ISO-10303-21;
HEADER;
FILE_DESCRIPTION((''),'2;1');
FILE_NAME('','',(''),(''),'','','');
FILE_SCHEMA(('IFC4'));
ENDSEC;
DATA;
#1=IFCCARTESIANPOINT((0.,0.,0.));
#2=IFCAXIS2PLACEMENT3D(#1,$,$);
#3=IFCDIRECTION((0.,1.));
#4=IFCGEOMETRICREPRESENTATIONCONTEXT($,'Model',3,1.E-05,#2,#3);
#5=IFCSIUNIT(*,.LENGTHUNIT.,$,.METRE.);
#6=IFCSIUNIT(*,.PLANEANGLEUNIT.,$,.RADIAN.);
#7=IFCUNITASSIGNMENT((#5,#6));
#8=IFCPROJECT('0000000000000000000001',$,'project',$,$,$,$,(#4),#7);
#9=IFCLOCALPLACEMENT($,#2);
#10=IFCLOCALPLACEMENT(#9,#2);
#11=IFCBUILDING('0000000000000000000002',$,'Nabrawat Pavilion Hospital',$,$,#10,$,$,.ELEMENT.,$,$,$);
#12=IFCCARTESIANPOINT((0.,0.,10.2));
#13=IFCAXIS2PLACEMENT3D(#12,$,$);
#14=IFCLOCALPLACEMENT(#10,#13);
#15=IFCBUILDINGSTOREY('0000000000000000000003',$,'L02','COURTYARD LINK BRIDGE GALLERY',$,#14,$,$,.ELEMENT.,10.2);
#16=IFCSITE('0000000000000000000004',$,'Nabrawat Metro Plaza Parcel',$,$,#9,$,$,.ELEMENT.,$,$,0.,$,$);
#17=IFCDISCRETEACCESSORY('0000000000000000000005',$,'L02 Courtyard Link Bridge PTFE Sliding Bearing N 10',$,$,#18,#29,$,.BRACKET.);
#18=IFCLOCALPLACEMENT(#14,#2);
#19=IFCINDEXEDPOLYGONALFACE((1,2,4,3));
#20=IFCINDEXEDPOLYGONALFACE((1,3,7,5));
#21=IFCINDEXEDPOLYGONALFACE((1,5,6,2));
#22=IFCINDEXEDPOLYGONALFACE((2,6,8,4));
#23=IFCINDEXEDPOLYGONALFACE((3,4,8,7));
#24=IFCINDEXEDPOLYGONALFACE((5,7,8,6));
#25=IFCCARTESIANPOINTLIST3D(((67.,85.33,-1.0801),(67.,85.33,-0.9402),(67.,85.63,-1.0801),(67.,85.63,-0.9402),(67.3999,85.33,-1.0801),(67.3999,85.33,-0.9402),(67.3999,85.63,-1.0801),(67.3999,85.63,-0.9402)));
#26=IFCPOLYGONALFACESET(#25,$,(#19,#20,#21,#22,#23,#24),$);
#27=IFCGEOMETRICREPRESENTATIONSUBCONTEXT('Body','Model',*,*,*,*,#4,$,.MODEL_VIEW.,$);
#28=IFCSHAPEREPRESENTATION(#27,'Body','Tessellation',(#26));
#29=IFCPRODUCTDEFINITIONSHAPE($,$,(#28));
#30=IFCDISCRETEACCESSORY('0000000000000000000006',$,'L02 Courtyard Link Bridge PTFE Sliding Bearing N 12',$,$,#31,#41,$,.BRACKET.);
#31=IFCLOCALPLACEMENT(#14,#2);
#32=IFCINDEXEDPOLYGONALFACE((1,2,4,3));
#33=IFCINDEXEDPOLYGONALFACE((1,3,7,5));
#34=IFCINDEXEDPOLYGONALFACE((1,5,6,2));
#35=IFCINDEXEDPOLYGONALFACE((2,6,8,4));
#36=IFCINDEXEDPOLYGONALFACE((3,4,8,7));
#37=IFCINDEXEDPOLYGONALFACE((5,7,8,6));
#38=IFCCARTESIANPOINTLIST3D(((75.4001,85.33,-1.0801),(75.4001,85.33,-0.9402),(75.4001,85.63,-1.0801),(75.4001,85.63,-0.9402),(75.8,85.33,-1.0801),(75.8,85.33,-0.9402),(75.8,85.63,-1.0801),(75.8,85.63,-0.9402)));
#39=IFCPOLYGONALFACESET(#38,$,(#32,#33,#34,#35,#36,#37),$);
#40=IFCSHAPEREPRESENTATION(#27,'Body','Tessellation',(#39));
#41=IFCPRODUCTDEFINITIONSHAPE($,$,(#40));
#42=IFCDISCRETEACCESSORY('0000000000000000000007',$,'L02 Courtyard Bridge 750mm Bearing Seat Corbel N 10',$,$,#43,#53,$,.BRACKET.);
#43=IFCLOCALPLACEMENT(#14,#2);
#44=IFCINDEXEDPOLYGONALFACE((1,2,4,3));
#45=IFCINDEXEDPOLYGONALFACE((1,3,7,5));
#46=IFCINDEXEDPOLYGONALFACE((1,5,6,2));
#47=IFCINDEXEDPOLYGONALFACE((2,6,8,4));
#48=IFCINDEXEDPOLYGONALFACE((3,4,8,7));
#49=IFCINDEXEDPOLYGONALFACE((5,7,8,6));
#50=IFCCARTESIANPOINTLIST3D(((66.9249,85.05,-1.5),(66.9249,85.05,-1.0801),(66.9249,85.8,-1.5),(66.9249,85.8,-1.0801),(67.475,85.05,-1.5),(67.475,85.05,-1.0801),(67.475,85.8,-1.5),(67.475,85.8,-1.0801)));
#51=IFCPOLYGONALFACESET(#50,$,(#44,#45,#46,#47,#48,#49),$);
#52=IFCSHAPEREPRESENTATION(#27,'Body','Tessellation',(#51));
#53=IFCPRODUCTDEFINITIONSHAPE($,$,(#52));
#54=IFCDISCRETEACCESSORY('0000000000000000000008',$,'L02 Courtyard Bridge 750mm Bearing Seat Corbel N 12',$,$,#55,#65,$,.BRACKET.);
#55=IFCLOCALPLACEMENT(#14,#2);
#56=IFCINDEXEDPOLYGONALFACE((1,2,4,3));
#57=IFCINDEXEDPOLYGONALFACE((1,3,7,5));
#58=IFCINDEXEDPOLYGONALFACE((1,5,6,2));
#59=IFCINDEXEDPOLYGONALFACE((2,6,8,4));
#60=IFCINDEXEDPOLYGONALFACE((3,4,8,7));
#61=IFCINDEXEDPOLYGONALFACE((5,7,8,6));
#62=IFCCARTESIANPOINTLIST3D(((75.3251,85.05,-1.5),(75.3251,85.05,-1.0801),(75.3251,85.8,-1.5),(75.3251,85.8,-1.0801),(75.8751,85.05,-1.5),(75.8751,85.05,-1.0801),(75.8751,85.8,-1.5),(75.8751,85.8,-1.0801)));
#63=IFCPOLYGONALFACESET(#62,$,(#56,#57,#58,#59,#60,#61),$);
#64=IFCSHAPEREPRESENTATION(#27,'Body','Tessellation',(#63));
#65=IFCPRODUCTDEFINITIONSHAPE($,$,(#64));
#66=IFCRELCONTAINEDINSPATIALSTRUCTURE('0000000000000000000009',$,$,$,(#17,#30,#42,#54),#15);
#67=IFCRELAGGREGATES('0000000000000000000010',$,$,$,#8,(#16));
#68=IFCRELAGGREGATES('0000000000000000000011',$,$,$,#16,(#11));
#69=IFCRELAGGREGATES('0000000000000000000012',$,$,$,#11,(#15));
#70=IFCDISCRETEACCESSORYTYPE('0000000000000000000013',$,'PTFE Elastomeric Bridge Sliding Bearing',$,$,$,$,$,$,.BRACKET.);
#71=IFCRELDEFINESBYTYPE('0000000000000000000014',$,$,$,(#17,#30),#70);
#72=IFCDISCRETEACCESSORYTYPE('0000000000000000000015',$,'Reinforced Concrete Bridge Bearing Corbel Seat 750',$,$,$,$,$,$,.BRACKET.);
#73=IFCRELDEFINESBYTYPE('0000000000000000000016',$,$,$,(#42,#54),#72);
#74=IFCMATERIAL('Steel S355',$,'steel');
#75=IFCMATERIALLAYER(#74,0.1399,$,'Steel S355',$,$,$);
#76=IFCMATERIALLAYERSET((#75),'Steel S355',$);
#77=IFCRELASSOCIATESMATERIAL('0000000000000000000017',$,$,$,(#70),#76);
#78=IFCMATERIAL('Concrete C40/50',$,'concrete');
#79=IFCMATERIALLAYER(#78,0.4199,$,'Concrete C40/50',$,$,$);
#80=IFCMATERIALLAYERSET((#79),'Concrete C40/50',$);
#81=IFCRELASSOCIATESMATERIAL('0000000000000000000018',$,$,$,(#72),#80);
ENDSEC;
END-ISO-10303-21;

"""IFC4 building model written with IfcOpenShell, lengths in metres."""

from ifc_helpers import new_model, si_unit, direction, frame, origin, origin_2d, place, context, subcontext, project, spatial, rectangle, extrude, material, layer, layer_set, type_object, element, save


model = new_model("IFC4")

# Units and contexts
model_context = context("Model", 3, precision=1e-05, world=origin(), true_north=direction((0.0, 1.0)))
body_context = subcontext(model_context, "Body", "Model", "MODEL_VIEW")
ifc_project = project(units=[si_unit("LENGTHUNIT", "METRE"), si_unit("PLANEANGLEUNIT", "RADIAN")], contexts=[model_context])

# Site, building, storey
site_placement = place(None, origin())
site = spatial("IfcSite", under=ifc_project, at=site_placement, Name="Nabrawat Metro Plaza Parcel", CompositionType="ELEMENT", RefElevation=0.0)
building_placement = place(site_placement, origin())
building = spatial("IfcBuilding", under=site, at=building_placement, Name="Nabrawat Pavilion Hospital", CompositionType="ELEMENT")
storey_placement = place(building_placement, frame((0.0, 0.0, 10.2)))
storey = spatial("IfcBuildingStorey", under=building, at=storey_placement, Name="L02", Description="COURTYARD LINK BRIDGE GALLERY", CompositionType="ELEMENT", Elevation=10.2)

# Shared definitions
ifc_material_1 = material(Name="Concrete C40/50", Category="concrete")

# Shared definitions
ifc_material_2 = material(Name="Steel S355", Category="steel")

# Discrete accessories
ifc_layer_1 = layer(ifc_material_2, 0.1399, Name="Steel S355")
ifc_layer_set_1 = layer_set([ifc_layer_1], Name="Steel S355")
discrete_accessory_type_1 = type_object("IfcDiscreteAccessoryType", Name="PTFE Elastomeric Bridge Sliding Bearing", PredefinedType="BRACKET", material=ifc_layer_set_1)
for number, where, z_axis, x_axis, name in (
    (1, (67.2, 85.48, -1.0801), (0.0, 0.0, 1.0), (1.0, 0.0, 0.0), "L02 Courtyard Link Bridge PTFE Sliding Bearing N 10"),
    (2, (75.6001, 85.48, -1.0801), (0.0, 0.0, 1.0), (1.0, 0.0, 0.0), "L02 Courtyard Link Bridge PTFE Sliding Bearing N 12"),
):
    element("IfcDiscreteAccessory", number, at=place(storey_placement, frame(where, z_axis=z_axis, x_axis=x_axis)), inside=storey, type_object=discrete_accessory_type_1, Name=name, PredefinedType="BRACKET", context=body_context, shape_type="SweptSolid", body=[
        extrude(rectangle(XDim=0.3999, YDim=0.3, at=origin_2d()), origin(), (0.0, 0.0, 1.0), 0.1399),
    ])
ifc_layer_2 = layer(ifc_material_1, 0.4199, Name="Concrete C40/50")
ifc_layer_set_2 = layer_set([ifc_layer_2], Name="Concrete C40/50")
discrete_accessory_type_2 = type_object("IfcDiscreteAccessoryType", Name="Reinforced Concrete Bridge Bearing Corbel Seat 750", PredefinedType="BRACKET", material=ifc_layer_set_2)
for number, where, z_axis, x_axis, name in (
    (3, (67.2, 85.425, -1.5), (0.0, 0.0, 1.0), (1.0, 0.0, 0.0), "L02 Courtyard Bridge 750mm Bearing Seat Corbel N 10"),
    (4, (75.6001, 85.425, -1.5), (0.0, 0.0, 1.0), (1.0, 0.0, 0.0), "L02 Courtyard Bridge 750mm Bearing Seat Corbel N 12"),
):
    element("IfcDiscreteAccessory", number, at=place(storey_placement, frame(where, z_axis=z_axis, x_axis=x_axis)), inside=storey, type_object=discrete_accessory_type_2, Name=name, PredefinedType="BRACKET", context=body_context, shape_type="SweptSolid", body=[
        extrude(rectangle(XDim=0.55, YDim=0.75, at=origin_2d()), origin(), (0.0, 0.0, 1.0), 0.4199),
    ])

save(model, "model.ifc")
